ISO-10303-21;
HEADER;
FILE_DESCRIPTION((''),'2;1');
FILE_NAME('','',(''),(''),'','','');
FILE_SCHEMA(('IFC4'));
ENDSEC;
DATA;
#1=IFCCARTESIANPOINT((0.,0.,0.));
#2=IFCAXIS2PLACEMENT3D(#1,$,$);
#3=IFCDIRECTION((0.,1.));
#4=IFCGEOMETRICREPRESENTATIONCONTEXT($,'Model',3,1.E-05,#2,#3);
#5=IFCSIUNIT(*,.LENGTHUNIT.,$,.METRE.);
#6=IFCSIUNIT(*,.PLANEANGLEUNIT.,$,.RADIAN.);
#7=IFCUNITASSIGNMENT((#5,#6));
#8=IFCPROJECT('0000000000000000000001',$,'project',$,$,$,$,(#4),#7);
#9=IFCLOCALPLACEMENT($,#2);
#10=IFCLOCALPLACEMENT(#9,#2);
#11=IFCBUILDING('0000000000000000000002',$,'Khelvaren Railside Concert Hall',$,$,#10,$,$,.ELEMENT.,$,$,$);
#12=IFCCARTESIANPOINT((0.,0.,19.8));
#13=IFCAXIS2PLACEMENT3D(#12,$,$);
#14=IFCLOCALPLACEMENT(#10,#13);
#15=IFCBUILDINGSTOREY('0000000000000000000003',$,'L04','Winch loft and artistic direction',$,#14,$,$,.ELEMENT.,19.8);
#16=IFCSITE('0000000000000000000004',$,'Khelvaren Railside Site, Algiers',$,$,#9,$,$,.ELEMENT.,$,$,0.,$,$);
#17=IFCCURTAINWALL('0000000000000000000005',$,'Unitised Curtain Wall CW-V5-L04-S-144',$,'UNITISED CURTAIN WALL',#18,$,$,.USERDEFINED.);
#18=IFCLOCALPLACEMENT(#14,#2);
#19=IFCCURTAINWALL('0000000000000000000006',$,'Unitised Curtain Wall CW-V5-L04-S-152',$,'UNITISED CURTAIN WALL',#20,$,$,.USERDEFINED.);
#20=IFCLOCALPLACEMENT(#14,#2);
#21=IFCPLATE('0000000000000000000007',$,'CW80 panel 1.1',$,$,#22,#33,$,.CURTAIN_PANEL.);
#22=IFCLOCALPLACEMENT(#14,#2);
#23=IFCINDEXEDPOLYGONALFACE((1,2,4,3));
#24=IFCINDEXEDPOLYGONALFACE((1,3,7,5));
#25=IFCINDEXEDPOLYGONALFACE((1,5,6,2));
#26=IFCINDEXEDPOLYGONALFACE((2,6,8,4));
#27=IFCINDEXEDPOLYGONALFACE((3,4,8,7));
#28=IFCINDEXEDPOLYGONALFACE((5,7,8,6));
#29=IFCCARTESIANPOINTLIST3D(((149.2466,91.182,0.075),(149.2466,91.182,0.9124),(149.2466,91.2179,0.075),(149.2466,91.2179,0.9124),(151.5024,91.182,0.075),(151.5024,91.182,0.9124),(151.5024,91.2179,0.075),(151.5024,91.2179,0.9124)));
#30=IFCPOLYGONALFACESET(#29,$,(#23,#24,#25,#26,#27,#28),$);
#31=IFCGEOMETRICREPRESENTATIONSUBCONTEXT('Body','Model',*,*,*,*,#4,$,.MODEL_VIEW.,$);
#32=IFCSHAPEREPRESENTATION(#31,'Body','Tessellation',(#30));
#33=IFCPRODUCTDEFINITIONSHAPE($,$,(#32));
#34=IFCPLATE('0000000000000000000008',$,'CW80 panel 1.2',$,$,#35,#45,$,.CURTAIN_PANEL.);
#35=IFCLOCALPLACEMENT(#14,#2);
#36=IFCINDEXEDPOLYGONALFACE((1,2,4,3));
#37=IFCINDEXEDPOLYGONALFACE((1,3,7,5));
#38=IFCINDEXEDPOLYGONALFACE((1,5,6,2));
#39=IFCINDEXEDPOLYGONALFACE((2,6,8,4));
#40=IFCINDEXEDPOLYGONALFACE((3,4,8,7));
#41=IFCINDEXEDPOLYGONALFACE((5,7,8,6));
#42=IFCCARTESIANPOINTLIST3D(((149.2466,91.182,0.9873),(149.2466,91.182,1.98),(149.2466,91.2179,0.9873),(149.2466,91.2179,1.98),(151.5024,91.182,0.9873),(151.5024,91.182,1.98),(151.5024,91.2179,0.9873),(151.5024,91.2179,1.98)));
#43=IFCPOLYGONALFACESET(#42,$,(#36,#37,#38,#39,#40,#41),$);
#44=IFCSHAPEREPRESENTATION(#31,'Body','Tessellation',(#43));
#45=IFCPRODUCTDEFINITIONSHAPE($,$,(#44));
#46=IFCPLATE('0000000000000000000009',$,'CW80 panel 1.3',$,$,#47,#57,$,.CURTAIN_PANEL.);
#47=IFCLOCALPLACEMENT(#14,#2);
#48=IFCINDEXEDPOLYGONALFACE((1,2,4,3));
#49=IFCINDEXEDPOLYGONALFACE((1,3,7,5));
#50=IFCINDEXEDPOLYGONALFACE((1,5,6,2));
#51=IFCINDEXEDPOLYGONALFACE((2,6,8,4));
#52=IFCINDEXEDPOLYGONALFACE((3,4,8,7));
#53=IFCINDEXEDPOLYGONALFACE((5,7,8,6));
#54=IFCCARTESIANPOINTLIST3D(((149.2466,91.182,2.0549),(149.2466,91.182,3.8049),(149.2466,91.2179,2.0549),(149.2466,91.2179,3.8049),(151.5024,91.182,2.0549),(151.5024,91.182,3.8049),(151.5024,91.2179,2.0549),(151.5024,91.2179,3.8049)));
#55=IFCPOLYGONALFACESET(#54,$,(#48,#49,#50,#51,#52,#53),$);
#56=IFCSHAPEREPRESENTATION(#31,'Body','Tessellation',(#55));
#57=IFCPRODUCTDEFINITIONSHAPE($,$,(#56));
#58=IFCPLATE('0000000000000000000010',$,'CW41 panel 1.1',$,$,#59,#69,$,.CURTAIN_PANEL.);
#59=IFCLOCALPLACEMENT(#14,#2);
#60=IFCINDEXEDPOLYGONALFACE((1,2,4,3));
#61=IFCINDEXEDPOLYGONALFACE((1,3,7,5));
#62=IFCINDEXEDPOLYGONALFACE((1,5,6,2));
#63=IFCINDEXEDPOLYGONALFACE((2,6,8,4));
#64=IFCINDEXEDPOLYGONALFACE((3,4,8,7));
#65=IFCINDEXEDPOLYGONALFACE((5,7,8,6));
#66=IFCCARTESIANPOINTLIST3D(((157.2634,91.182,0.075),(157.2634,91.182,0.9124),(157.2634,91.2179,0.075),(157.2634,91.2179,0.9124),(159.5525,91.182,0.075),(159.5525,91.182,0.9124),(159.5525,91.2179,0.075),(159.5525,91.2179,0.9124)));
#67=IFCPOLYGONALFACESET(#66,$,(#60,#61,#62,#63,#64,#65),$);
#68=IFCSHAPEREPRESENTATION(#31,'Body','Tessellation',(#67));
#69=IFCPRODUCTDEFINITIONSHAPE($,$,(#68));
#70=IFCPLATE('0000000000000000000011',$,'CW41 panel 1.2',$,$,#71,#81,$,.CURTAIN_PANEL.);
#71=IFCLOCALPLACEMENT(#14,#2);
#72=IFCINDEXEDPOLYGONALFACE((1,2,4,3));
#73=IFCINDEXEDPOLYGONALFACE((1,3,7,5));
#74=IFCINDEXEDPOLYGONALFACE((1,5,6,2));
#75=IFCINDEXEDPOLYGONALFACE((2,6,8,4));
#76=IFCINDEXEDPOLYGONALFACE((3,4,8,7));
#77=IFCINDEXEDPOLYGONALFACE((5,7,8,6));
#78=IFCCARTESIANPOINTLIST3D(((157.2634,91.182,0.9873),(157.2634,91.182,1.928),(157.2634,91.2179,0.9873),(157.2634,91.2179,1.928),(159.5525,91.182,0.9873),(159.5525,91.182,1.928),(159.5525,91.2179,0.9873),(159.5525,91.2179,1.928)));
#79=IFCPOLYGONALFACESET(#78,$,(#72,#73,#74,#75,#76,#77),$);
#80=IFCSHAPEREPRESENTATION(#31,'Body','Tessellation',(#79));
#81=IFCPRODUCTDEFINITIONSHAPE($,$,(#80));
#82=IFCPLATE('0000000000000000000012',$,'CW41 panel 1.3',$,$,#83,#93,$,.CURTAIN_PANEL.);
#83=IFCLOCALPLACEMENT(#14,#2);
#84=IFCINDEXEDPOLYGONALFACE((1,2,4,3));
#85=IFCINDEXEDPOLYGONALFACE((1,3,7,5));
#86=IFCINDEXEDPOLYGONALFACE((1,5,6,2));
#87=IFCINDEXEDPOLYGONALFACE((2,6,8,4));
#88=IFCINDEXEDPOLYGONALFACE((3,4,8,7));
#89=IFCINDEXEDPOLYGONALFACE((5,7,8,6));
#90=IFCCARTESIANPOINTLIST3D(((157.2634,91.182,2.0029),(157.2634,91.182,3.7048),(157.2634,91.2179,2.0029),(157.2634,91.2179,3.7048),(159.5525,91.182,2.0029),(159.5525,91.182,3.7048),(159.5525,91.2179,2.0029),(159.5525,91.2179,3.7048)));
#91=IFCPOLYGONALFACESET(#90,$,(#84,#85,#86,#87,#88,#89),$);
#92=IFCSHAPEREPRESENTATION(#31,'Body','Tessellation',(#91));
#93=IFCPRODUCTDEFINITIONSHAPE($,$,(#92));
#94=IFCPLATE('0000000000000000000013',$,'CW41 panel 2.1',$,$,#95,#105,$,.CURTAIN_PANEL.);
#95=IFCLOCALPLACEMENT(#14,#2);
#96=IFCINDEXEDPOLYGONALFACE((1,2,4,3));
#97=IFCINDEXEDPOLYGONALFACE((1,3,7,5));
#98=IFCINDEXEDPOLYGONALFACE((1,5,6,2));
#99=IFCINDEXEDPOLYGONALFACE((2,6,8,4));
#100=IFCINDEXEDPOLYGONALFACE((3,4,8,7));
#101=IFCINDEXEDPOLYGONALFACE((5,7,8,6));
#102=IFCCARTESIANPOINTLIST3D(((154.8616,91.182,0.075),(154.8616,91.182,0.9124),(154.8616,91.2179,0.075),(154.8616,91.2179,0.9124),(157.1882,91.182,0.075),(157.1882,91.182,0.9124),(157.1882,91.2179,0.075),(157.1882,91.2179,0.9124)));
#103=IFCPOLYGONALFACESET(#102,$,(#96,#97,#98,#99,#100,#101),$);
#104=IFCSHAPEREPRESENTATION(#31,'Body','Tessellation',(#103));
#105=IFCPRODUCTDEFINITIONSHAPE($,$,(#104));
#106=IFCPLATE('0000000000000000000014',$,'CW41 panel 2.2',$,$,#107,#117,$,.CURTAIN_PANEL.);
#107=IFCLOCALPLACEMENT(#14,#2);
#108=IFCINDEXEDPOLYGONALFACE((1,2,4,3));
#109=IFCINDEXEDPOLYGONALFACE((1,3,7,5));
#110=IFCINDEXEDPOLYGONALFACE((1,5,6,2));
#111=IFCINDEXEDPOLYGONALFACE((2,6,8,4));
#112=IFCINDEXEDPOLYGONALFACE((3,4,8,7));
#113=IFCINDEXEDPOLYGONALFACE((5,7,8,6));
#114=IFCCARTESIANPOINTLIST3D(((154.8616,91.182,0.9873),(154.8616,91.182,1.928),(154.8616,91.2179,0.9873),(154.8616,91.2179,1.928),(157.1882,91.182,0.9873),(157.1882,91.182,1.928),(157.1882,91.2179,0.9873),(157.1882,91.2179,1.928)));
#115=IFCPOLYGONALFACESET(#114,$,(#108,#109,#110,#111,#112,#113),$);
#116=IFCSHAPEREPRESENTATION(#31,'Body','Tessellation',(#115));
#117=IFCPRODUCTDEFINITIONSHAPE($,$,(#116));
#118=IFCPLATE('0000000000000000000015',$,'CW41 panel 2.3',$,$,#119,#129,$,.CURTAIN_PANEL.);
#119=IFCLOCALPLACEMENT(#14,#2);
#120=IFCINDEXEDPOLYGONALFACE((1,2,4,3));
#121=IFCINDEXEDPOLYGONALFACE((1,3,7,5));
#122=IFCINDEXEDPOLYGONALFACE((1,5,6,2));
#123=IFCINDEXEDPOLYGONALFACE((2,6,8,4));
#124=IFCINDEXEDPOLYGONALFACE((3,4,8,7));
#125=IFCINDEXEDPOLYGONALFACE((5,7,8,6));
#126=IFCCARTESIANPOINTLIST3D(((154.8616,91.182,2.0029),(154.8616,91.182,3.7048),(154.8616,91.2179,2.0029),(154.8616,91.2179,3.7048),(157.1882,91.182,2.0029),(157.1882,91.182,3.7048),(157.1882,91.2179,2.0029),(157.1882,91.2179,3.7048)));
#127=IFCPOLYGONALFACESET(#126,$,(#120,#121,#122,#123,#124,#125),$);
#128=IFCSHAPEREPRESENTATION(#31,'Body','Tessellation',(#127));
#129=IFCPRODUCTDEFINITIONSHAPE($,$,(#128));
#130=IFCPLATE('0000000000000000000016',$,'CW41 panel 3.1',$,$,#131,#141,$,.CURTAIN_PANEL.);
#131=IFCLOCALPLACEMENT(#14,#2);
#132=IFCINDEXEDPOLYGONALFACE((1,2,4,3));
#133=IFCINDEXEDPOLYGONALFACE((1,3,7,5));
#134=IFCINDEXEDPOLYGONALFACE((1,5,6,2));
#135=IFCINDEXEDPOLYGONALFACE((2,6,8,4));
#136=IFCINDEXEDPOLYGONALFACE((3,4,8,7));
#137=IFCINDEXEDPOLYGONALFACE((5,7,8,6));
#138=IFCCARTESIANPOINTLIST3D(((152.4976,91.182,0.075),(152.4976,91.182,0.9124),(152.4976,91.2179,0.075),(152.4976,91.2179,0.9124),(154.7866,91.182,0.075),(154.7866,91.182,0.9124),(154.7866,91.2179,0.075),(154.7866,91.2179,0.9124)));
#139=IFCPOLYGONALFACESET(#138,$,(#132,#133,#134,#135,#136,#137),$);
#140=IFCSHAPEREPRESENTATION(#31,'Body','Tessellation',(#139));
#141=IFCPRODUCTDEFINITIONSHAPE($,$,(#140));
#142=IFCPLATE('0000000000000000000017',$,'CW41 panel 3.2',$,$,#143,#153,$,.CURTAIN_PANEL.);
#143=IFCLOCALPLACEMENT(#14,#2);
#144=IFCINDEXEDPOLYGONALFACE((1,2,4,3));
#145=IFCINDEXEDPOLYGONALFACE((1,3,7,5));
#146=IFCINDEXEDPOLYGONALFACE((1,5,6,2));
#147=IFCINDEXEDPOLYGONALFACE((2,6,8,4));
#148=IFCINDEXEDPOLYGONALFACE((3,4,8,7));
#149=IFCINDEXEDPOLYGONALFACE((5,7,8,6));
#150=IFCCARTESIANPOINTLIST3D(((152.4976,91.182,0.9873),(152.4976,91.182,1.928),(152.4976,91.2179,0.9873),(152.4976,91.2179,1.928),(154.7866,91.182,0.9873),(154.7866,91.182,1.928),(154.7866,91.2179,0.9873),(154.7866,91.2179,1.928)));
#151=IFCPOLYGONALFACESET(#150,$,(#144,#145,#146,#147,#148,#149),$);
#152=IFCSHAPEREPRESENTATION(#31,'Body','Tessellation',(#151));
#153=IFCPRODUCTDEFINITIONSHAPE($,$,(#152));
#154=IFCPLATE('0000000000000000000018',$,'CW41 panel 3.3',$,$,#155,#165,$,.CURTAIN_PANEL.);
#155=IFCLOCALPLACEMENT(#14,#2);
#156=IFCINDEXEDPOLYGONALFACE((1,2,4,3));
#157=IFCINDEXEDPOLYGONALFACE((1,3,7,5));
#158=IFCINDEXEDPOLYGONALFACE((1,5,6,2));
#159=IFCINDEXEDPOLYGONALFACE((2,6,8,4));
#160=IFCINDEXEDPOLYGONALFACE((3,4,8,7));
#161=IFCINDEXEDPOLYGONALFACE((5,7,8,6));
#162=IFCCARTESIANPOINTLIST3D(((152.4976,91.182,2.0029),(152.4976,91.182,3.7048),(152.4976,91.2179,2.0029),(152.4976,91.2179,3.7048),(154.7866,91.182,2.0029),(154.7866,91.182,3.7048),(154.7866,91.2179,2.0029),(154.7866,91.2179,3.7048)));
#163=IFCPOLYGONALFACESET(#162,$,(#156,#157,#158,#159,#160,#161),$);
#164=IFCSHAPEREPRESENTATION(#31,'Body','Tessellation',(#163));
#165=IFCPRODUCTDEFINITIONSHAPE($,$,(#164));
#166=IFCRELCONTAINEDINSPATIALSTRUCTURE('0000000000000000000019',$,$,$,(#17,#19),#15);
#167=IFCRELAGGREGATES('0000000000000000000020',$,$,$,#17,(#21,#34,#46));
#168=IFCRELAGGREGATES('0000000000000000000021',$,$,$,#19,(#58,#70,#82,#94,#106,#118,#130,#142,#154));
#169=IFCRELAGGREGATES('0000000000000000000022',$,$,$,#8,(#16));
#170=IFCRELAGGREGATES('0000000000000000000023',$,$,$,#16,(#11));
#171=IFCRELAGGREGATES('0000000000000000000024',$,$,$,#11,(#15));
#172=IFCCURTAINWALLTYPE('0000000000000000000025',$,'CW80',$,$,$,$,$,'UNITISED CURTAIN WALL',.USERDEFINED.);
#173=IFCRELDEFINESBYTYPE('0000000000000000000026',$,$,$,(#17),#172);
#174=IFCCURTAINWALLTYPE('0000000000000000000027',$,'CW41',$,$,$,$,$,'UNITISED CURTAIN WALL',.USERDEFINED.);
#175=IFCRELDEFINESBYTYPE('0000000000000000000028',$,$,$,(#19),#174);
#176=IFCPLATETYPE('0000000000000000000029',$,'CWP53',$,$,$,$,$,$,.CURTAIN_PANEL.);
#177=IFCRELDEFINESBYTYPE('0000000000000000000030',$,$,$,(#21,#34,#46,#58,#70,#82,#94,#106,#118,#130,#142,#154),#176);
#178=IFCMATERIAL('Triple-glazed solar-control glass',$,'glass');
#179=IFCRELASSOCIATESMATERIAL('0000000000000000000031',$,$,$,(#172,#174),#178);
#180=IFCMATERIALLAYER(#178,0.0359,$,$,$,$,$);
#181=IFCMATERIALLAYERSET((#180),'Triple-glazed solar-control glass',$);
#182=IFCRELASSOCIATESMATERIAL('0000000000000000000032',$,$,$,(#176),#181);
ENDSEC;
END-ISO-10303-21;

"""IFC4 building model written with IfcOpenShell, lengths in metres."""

from ifc_helpers import new_model, si_unit, direction, frame, origin, origin_2d, place, context, subcontext, project, spatial, rectangle, extrude, material, layer, layer_set, type_object, element, aggregate, save


model = new_model("IFC4")

# Units and contexts
model_context = context("Model", 3, precision=1e-05, world=origin(), true_north=direction((0.0, 1.0)))
body_context = subcontext(model_context, "Body", "Model", "MODEL_VIEW")
ifc_project = project(units=[si_unit("LENGTHUNIT", "METRE"), si_unit("PLANEANGLEUNIT", "RADIAN")], contexts=[model_context])

# Site, building, storey
site_placement = place(None, origin())
site = spatial("IfcSite", under=ifc_project, at=site_placement, Name="Khelvaren Railside Site, Algiers", CompositionType="ELEMENT", RefElevation=0.0)
building_placement = place(site_placement, origin())
building = spatial("IfcBuilding", under=site, at=building_placement, Name="Khelvaren Railside Concert Hall", CompositionType="ELEMENT")
storey_placement = place(building_placement, frame((0.0, 0.0, 19.8)))
storey = spatial("IfcBuildingStorey", under=building, at=storey_placement, Name="L04", Description="Winch loft and artistic direction", CompositionType="ELEMENT", Elevation=19.8)

# Curtain walls
ifc_material_1 = material(Name="Triple-glazed solar-control glass", Category="glass")
curtain_wall_type_1 = type_object("IfcCurtainWallType", Name="CW80", ElementType="UNITISED CURTAIN WALL", PredefinedType="USERDEFINED", material=ifc_material_1)
curtain_wall_1_placement = place(storey_placement, origin())
curtain_wall_1 = element("IfcCurtainWall", 1, at=curtain_wall_1_placement, inside=storey, type_object=curtain_wall_type_1, Name="Unitised Curtain Wall CW-V5-L04-S-144", ObjectType="UNITISED CURTAIN WALL", PredefinedType="USERDEFINED")
curtain_wall_type_2 = type_object("IfcCurtainWallType", Name="CW41", ElementType="UNITISED CURTAIN WALL", PredefinedType="USERDEFINED", material=ifc_material_1)
curtain_wall_2_placement = place(storey_placement, origin())
curtain_wall_2 = element("IfcCurtainWall", 2, at=curtain_wall_2_placement, inside=storey, type_object=curtain_wall_type_2, Name="Unitised Curtain Wall CW-V5-L04-S-152", ObjectType="UNITISED CURTAIN WALL", PredefinedType="USERDEFINED")

# Plates
ifc_layer = layer(ifc_material_1, 0.0359)
ifc_layer_set = layer_set([ifc_layer], Name="Triple-glazed solar-control glass")
plate_type = type_object("IfcPlateType", Name="CWP53", PredefinedType="CURTAIN_PANEL", material=ifc_layer_set)
plate_1_placement = place(storey_placement, frame((150.3745, 91.2, 0.075), z_axis=(0.0, 0.0, 1.0), x_axis=(-1.0, 0.0, 0.0)))
plate_1 = element("IfcPlate", 3, at=plate_1_placement, type_object=plate_type, Name="CW80 panel 1.1", PredefinedType="CURTAIN_PANEL", context=body_context, shape_type="SweptSolid", body=[
    extrude(rectangle(XDim=2.2559, YDim=0.0359, at=origin_2d()), origin(), (0.0, 0.0, 1.0), 0.8374),
])
plate_2_placement = place(storey_placement, frame((150.3745, 91.2, 0.9873), z_axis=(0.0, 0.0, 1.0), x_axis=(-1.0, 0.0, 0.0)))
plate_2 = element("IfcPlate", 4, at=plate_2_placement, type_object=plate_type, Name="CW80 panel 1.2", PredefinedType="CURTAIN_PANEL", context=body_context, shape_type="SweptSolid", body=[
    extrude(rectangle(XDim=2.2559, YDim=0.0359, at=origin_2d()), origin(), (0.0, 0.0, 1.0), 0.9927),
])
plate_3_placement = place(storey_placement, frame((150.3745, 91.2, 2.0549), z_axis=(0.0, 0.0, 1.0), x_axis=(-1.0, 0.0, 0.0)))
plate_3 = element("IfcPlate", 5, at=plate_3_placement, type_object=plate_type, Name="CW80 panel 1.3", PredefinedType="CURTAIN_PANEL", context=body_context, shape_type="SweptSolid", body=[
    extrude(rectangle(XDim=2.2559, YDim=0.0359, at=origin_2d()), origin(), (0.0, 0.0, 1.0), 1.75),
])
aggregate(curtain_wall_1, [plate_1, plate_2, plate_3])
plate_4_placement = place(storey_placement, frame((158.408, 91.2, 0.075), z_axis=(0.0, 0.0, 1.0), x_axis=(-1.0, 0.0, 0.0)))
plate_4 = element("IfcPlate", 6, at=plate_4_placement, type_object=plate_type, Name="CW41 panel 1.1", PredefinedType="CURTAIN_PANEL", context=body_context, shape_type="SweptSolid", body=[
    extrude(rectangle(XDim=2.2891, YDim=0.0359, at=origin_2d()), origin(), (0.0, 0.0, 1.0), 0.8374),
])
plate_5_placement = place(storey_placement, frame((158.408, 91.2, 0.9873), z_axis=(0.0, 0.0, 1.0), x_axis=(-1.0, 0.0, 0.0)))
plate_5 = element("IfcPlate", 7, at=plate_5_placement, type_object=plate_type, Name="CW41 panel 1.2", PredefinedType="CURTAIN_PANEL", context=body_context, shape_type="SweptSolid", body=[
    extrude(rectangle(XDim=2.2891, YDim=0.0359, at=origin_2d()), origin(), (0.0, 0.0, 1.0), 0.9407),
])
plate_6_placement = place(storey_placement, frame((158.408, 91.2, 2.0029), z_axis=(0.0, 0.0, 1.0), x_axis=(-1.0, 0.0, 0.0)))
plate_6 = element("IfcPlate", 8, at=plate_6_placement, type_object=plate_type, Name="CW41 panel 1.3", PredefinedType="CURTAIN_PANEL", context=body_context, shape_type="SweptSolid", body=[
    extrude(rectangle(XDim=2.2891, YDim=0.0359, at=origin_2d()), origin(), (0.0, 0.0, 1.0), 1.7019),
])
plate_7_placement = place(storey_placement, frame((156.0249, 91.2, 0.075), z_axis=(0.0, 0.0, 1.0), x_axis=(-1.0, 0.0, 0.0)))
plate_7 = element("IfcPlate", 9, at=plate_7_placement, type_object=plate_type, Name="CW41 panel 2.1", PredefinedType="CURTAIN_PANEL", context=body_context, shape_type="SweptSolid", body=[
    extrude(rectangle(XDim=2.3267, YDim=0.0359, at=origin_2d()), origin(), (0.0, 0.0, 1.0), 0.8374),
])
plate_8_placement = place(storey_placement, frame((156.0249, 91.2, 0.9873), z_axis=(0.0, 0.0, 1.0), x_axis=(-1.0, 0.0, 0.0)))
plate_8 = element("IfcPlate", 10, at=plate_8_placement, type_object=plate_type, Name="CW41 panel 2.2", PredefinedType="CURTAIN_PANEL", context=body_context, shape_type="SweptSolid", body=[
    extrude(rectangle(XDim=2.3267, YDim=0.0359, at=origin_2d()), origin(), (0.0, 0.0, 1.0), 0.9407),
])
plate_9_placement = place(storey_placement, frame((156.0249, 91.2, 2.0029), z_axis=(0.0, 0.0, 1.0), x_axis=(-1.0, 0.0, 0.0)))
plate_9 = element("IfcPlate", 11, at=plate_9_placement, type_object=plate_type, Name="CW41 panel 2.3", PredefinedType="CURTAIN_PANEL", context=body_context, shape_type="SweptSolid", body=[
    extrude(rectangle(XDim=2.3267, YDim=0.0359, at=origin_2d()), origin(), (0.0, 0.0, 1.0), 1.7019),
])
plate_10_placement = place(storey_placement, frame((153.6421, 91.2, 0.075), z_axis=(0.0, 0.0, 1.0), x_axis=(-1.0, 0.0, 0.0)))
plate_10 = element("IfcPlate", 12, at=plate_10_placement, type_object=plate_type, Name="CW41 panel 3.1", PredefinedType="CURTAIN_PANEL", context=body_context, shape_type="SweptSolid", body=[
    extrude(rectangle(XDim=2.2891, YDim=0.0359, at=origin_2d()), origin(), (0.0, 0.0, 1.0), 0.8374),
])
plate_11_placement = place(storey_placement, frame((153.6421, 91.2, 0.9873), z_axis=(0.0, 0.0, 1.0), x_axis=(-1.0, 0.0, 0.0)))
plate_11 = element("IfcPlate", 13, at=plate_11_placement, type_object=plate_type, Name="CW41 panel 3.2", PredefinedType="CURTAIN_PANEL", context=body_context, shape_type="SweptSolid", body=[
    extrude(rectangle(XDim=2.2891, YDim=0.0359, at=origin_2d()), origin(), (0.0, 0.0, 1.0), 0.9407),
])
plate_12_placement = place(storey_placement, frame((153.6421, 91.2, 2.0029), z_axis=(0.0, 0.0, 1.0), x_axis=(-1.0, 0.0, 0.0)))
plate_12 = element("IfcPlate", 14, at=plate_12_placement, type_object=plate_type, Name="CW41 panel 3.3", PredefinedType="CURTAIN_PANEL", context=body_context, shape_type="SweptSolid", body=[
    extrude(rectangle(XDim=2.2891, YDim=0.0359, at=origin_2d()), origin(), (0.0, 0.0, 1.0), 1.7019),
])
aggregate(curtain_wall_2, [plate_4, plate_5, plate_6, plate_7, plate_8, plate_9, plate_10, plate_11, plate_12])

save(model, "model.ifc")
